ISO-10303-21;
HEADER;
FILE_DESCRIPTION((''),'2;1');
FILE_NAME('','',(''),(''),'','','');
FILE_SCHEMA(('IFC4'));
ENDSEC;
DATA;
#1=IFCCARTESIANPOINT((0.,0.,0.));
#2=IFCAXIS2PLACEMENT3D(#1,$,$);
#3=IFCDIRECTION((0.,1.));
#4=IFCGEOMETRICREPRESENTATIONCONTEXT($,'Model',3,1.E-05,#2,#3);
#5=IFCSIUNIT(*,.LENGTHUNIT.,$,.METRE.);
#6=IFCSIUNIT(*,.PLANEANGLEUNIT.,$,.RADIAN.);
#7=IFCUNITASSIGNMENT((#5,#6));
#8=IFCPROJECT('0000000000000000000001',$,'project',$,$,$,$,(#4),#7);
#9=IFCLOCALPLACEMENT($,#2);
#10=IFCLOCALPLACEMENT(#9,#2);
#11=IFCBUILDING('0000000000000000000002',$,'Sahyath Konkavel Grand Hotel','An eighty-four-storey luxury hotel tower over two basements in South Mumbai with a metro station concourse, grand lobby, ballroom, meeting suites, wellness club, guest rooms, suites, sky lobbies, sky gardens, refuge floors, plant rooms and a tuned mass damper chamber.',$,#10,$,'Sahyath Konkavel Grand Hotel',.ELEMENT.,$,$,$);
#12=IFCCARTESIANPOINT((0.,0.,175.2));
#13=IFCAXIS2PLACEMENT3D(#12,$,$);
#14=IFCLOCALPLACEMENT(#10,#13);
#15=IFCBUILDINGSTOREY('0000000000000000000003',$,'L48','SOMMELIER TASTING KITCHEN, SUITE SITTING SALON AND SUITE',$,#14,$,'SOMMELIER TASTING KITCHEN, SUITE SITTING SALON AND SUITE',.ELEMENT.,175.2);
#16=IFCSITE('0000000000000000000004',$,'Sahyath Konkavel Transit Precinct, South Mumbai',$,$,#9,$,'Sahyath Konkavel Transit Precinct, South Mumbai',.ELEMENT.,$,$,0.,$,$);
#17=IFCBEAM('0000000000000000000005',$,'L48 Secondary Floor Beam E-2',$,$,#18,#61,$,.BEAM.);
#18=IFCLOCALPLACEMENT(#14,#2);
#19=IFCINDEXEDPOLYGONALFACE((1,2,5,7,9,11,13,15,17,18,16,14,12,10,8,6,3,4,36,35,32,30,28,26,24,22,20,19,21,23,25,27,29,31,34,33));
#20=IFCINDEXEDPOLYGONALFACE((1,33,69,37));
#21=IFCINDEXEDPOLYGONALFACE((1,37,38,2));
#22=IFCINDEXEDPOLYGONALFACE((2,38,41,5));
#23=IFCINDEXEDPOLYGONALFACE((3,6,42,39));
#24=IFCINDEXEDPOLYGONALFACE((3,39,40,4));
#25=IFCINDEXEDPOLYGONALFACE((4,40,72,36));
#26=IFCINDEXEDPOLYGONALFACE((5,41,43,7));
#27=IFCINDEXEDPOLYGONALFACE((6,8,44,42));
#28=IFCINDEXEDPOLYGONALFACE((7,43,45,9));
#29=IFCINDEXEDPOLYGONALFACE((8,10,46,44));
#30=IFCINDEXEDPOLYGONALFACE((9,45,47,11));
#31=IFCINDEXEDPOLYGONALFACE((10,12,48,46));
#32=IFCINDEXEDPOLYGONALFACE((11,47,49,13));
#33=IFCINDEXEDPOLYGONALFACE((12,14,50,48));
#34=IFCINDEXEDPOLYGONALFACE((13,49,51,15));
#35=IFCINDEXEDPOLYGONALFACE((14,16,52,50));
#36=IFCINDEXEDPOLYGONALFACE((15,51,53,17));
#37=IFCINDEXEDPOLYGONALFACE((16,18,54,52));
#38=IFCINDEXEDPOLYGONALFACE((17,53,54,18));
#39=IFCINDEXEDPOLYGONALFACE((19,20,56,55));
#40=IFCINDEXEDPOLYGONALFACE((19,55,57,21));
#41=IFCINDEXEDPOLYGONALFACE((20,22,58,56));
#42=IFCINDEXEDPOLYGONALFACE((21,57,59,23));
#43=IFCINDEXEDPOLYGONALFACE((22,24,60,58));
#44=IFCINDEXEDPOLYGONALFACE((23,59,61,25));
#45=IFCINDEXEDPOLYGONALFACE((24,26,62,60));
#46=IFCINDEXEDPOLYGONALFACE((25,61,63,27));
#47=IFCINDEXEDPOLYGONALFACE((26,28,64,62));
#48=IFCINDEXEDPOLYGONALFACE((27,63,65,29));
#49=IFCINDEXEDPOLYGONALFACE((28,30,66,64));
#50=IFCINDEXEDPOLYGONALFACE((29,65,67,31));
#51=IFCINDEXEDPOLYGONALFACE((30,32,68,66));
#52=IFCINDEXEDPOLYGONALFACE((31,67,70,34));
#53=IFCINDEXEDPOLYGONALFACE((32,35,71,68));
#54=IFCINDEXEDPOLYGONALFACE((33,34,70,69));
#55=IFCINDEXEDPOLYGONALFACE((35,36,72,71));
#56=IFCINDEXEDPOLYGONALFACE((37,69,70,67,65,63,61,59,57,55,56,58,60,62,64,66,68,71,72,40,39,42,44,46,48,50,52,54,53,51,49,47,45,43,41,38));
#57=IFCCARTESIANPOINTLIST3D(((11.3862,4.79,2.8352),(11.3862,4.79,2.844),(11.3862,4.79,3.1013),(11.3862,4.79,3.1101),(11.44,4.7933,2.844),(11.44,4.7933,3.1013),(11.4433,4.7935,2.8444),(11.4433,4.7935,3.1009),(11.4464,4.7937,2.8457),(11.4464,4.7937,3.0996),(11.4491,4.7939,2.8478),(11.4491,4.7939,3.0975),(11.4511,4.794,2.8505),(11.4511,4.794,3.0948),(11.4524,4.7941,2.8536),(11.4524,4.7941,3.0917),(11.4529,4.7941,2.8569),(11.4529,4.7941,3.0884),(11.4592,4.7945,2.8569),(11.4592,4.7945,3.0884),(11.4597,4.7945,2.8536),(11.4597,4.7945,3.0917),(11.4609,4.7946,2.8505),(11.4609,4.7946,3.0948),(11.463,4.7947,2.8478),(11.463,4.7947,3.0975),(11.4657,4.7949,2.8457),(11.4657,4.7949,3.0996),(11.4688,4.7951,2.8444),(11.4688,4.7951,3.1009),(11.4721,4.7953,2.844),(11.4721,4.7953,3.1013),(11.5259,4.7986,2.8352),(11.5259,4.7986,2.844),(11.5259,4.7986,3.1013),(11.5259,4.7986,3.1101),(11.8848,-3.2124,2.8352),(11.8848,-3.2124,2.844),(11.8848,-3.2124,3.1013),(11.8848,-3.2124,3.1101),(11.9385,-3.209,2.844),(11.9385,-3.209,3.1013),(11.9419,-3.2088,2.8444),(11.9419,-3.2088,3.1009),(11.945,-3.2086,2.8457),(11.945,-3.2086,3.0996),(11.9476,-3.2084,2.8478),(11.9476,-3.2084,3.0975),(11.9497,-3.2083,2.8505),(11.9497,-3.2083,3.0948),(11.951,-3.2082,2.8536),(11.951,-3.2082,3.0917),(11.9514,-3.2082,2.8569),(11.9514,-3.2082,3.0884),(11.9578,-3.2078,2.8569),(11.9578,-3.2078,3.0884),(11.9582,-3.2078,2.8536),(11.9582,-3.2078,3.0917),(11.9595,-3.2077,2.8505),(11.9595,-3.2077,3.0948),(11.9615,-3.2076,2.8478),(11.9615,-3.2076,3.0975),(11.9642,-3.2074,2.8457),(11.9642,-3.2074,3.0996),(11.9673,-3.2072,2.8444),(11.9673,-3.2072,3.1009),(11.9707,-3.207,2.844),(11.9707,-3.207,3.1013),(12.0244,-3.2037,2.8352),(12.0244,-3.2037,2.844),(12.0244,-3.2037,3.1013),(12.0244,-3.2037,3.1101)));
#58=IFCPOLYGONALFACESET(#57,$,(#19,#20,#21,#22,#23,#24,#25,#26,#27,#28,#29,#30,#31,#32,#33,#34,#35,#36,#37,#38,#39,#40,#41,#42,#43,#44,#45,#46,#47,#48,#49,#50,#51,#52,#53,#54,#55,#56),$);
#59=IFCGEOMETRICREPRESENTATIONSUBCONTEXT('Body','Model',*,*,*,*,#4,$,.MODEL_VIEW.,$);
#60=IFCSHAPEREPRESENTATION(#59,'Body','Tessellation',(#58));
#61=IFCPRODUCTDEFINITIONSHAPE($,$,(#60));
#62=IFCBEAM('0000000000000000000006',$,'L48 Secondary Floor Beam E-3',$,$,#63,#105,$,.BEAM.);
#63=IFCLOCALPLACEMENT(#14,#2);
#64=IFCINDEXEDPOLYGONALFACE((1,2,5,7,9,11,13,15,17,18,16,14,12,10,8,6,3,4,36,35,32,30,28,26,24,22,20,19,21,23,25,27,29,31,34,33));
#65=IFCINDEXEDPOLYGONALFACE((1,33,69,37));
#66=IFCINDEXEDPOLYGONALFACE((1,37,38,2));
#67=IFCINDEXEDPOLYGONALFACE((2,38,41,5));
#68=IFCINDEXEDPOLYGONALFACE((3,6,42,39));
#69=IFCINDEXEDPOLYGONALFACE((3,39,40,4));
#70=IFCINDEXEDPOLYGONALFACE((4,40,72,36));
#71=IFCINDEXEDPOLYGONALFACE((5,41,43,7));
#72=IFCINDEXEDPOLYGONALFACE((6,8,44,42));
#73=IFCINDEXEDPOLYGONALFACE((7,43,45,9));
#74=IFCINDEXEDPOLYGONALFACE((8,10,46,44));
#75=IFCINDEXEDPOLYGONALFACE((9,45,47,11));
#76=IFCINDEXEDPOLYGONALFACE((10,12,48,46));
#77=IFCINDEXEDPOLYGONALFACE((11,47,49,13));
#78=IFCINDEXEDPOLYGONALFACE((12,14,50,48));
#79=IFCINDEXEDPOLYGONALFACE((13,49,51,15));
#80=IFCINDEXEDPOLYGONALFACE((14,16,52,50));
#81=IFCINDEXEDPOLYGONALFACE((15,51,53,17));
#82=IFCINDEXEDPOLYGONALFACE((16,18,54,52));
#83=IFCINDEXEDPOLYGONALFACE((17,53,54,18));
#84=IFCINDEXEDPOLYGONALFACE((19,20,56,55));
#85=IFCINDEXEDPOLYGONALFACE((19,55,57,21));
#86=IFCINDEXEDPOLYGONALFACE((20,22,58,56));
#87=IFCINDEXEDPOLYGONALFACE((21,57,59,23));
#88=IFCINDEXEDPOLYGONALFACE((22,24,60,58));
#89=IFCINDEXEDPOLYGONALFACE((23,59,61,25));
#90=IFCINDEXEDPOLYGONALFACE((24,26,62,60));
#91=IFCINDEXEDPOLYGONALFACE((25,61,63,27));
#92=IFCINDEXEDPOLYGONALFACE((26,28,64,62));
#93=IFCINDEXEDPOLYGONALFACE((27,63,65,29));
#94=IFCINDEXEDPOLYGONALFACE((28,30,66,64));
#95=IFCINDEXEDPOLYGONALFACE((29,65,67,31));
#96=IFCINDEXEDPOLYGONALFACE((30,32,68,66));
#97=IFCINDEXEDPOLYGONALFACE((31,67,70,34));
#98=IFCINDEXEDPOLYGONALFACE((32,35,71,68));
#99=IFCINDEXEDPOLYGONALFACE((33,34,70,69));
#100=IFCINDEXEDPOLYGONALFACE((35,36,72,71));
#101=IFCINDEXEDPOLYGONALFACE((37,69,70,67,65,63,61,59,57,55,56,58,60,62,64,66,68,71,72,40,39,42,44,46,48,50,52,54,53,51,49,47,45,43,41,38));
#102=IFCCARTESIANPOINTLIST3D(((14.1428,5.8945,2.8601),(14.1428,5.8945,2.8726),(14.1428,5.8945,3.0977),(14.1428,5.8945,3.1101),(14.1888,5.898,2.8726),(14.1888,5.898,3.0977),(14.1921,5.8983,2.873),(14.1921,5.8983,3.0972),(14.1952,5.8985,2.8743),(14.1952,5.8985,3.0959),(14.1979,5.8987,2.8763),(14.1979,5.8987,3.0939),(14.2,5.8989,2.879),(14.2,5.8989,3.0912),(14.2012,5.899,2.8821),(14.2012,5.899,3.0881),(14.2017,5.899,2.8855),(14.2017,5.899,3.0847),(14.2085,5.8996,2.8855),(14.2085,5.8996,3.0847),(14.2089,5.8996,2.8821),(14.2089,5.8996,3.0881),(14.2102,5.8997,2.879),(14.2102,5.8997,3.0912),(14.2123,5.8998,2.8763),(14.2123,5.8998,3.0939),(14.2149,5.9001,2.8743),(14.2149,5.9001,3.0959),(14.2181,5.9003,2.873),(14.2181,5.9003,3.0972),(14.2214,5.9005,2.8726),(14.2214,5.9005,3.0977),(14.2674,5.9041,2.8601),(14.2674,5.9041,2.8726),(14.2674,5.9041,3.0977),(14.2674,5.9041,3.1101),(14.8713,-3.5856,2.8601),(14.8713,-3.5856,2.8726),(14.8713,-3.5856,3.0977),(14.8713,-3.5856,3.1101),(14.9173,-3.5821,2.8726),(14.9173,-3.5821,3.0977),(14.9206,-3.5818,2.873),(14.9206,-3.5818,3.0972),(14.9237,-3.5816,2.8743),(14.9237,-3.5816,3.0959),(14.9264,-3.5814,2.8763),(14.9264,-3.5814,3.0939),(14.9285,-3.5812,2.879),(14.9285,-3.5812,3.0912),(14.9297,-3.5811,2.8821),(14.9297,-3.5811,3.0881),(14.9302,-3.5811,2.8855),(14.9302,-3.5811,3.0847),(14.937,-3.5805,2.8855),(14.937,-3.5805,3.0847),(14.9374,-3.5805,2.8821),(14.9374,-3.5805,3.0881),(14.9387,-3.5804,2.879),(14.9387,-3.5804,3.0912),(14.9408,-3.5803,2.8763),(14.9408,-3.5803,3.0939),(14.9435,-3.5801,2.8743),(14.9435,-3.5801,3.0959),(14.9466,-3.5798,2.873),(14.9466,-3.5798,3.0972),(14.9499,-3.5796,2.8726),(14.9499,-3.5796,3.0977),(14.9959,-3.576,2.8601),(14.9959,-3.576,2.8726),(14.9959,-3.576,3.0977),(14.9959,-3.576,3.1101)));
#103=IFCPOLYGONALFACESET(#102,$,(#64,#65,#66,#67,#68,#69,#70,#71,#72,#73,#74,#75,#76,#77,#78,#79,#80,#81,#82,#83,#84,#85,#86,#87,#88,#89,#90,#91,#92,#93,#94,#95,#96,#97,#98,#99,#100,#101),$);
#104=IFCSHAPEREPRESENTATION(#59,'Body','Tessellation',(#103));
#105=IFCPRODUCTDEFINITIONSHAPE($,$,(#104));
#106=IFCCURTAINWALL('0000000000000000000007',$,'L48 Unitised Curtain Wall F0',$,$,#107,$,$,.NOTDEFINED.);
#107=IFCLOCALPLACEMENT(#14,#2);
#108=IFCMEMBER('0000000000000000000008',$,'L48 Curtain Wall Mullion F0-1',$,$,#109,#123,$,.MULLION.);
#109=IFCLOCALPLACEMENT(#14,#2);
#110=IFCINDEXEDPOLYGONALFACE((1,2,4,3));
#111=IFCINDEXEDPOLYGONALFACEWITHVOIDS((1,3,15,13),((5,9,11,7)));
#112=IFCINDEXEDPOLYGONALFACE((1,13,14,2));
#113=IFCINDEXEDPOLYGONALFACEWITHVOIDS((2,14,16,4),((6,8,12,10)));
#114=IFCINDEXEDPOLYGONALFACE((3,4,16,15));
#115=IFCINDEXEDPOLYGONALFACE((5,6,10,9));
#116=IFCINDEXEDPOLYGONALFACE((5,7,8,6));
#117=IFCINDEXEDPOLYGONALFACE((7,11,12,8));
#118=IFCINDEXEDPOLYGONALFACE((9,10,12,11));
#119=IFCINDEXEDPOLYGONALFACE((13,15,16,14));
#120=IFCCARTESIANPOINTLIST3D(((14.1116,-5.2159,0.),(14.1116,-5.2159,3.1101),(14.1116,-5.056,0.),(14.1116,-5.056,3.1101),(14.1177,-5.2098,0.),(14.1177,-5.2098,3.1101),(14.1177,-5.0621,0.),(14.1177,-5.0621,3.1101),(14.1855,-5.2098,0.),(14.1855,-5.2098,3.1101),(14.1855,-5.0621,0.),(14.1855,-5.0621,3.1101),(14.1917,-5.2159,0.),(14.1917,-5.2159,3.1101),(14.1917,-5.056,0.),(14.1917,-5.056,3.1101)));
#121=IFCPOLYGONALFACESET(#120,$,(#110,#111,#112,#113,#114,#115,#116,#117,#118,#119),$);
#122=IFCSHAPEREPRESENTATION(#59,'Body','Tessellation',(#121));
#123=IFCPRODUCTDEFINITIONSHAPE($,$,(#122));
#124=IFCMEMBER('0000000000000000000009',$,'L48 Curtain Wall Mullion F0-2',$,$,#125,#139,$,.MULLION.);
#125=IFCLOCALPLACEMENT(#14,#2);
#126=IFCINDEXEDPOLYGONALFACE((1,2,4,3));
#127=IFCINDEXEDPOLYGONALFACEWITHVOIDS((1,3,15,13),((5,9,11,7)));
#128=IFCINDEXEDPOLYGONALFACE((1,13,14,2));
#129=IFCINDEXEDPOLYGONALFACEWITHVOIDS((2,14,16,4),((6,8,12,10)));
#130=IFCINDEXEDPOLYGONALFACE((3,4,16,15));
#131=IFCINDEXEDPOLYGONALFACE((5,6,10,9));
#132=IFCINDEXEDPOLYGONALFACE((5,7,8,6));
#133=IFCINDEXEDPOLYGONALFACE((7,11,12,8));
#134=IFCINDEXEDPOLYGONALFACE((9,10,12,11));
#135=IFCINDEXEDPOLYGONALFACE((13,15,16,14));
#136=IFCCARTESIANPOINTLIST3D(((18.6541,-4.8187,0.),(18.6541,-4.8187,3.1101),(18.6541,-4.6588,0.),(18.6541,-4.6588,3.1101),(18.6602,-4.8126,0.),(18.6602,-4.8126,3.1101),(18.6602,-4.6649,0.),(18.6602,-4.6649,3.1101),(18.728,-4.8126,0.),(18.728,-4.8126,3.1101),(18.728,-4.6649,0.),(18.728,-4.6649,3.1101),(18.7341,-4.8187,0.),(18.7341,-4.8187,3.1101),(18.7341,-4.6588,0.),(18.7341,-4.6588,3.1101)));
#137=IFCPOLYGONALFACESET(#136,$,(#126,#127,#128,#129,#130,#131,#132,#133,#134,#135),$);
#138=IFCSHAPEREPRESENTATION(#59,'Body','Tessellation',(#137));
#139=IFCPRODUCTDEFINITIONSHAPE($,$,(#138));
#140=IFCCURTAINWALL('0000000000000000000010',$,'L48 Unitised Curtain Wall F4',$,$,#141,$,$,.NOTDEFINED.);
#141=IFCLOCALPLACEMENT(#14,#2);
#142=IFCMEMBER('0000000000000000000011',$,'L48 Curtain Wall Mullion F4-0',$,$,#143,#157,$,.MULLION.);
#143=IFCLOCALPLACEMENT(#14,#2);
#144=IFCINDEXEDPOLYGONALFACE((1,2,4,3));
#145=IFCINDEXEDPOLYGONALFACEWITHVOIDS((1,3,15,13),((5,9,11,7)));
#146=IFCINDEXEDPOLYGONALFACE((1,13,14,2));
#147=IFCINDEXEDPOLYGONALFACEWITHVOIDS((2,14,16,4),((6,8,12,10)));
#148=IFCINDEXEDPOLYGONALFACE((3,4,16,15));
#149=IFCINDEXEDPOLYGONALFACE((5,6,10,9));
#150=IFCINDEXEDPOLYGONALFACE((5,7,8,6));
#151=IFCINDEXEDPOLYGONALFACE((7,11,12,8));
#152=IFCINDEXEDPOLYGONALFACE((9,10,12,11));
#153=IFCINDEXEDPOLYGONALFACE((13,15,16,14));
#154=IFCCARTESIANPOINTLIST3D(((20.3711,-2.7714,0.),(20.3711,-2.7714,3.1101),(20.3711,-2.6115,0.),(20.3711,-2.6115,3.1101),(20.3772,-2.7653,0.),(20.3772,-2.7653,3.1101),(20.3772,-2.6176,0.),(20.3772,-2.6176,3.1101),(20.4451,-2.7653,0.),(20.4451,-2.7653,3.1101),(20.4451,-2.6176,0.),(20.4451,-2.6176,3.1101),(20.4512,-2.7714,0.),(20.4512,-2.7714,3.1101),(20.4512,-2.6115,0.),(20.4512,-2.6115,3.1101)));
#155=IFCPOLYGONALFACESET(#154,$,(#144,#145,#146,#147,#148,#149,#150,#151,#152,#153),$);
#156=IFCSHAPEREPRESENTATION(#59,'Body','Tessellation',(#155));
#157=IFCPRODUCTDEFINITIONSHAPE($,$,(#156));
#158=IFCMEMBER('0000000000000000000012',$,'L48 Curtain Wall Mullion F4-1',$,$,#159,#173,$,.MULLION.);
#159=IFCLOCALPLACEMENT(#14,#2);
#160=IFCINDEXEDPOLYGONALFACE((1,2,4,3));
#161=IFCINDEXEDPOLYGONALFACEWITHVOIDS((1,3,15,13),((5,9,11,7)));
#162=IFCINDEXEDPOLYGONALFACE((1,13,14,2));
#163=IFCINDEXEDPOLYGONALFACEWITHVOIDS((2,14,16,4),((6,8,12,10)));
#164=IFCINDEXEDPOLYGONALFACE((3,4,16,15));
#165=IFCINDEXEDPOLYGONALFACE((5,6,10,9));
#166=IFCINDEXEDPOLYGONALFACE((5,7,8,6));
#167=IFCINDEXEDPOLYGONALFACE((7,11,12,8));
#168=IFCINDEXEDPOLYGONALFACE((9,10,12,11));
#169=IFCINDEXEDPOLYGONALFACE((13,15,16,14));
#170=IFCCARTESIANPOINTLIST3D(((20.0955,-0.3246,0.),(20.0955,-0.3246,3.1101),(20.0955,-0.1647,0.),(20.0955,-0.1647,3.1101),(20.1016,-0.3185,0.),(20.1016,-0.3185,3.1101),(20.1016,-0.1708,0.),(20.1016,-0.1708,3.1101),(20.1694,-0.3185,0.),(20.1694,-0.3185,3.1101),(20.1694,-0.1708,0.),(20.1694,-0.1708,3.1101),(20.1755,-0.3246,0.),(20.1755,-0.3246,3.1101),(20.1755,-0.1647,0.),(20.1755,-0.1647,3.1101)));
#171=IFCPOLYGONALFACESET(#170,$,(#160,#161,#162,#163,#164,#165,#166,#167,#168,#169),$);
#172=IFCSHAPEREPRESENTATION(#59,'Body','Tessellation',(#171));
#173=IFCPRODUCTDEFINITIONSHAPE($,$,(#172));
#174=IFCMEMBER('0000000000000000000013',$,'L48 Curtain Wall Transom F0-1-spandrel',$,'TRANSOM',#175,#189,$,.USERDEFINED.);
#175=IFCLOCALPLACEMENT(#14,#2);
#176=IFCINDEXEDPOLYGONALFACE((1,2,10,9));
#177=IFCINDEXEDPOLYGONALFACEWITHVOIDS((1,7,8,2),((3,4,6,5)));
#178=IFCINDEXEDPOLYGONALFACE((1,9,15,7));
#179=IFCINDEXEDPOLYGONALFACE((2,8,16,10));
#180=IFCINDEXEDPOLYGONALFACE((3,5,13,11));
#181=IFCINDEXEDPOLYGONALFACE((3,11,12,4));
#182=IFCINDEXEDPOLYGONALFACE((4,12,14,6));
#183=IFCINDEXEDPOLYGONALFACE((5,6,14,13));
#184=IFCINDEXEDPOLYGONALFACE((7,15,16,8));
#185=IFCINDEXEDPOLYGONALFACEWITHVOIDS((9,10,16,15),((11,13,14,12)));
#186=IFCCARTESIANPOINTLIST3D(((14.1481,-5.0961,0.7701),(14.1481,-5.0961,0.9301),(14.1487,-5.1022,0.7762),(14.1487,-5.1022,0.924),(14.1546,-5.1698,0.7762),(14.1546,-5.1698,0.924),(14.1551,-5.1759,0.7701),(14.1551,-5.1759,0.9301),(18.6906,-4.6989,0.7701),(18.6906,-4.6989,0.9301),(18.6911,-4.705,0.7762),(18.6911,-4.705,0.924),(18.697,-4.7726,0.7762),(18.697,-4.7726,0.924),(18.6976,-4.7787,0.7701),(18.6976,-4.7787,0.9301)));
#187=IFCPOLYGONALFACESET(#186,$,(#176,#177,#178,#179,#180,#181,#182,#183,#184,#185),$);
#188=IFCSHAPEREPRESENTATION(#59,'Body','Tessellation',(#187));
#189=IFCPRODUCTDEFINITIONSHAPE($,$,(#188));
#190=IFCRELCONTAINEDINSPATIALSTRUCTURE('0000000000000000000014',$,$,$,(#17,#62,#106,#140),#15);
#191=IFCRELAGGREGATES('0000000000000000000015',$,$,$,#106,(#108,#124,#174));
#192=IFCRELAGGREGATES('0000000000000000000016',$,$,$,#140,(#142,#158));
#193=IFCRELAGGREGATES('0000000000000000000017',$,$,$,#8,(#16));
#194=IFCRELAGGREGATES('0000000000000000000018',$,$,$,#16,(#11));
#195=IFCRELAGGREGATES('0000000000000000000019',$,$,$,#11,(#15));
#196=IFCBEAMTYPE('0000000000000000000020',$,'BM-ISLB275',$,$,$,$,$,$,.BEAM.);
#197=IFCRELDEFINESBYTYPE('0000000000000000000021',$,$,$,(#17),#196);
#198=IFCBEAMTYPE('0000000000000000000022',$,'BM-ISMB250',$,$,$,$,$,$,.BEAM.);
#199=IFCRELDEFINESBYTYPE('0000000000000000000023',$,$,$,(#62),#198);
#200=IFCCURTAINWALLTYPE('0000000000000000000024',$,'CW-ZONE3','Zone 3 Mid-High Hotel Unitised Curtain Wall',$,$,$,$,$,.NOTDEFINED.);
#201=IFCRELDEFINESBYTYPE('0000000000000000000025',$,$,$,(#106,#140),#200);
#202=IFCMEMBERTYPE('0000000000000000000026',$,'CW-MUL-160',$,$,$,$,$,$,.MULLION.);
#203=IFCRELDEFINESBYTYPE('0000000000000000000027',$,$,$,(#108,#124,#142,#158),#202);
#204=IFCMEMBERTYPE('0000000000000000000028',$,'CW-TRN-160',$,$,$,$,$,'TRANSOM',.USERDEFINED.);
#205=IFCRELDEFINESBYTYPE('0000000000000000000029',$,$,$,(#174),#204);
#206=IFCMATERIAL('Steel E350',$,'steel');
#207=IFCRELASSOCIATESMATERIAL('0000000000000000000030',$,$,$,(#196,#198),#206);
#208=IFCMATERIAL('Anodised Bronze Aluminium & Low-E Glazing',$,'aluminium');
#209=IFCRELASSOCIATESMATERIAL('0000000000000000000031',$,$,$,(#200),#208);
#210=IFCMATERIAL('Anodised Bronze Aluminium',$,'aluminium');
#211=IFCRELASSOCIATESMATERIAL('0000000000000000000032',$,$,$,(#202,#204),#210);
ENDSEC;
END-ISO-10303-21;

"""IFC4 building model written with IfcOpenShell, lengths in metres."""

from ifc_helpers import new_model, si_unit, direction, frame, origin, origin_2d, place, context, subcontext, project, spatial, hollow_rectangle, i_section, extrude, source, transform, mapped, material, material_profile, profile_set, type_object, element, aggregate, save


model = new_model("IFC4")

# Units and contexts
model_context = context("Model", 3, precision=1e-05, world=origin(), true_north=direction((0.0, 1.0)))
body_context = subcontext(model_context, "Body", "Model", "MODEL_VIEW")
ifc_project = project(units=[si_unit("LENGTHUNIT", "METRE"), si_unit("PLANEANGLEUNIT", "RADIAN")], contexts=[model_context])

# Site, building, storey
site_placement = place(None, origin())
site = spatial("IfcSite", under=ifc_project, at=site_placement, Name="Sahyath Konkavel Transit Precinct, South Mumbai", LongName="Sahyath Konkavel Transit Precinct, South Mumbai", CompositionType="ELEMENT", RefElevation=0.0)
building_placement = place(site_placement, origin())
building = spatial("IfcBuilding", under=site, at=building_placement, Name="Sahyath Konkavel Grand Hotel", Description="An eighty-four-storey luxury hotel tower over two basements in South Mumbai with a metro station concourse, grand lobby, ballroom, meeting suites, wellness club, guest rooms, suites, sky lobbies, sky gardens, refuge floors, plant rooms and a tuned mass damper chamber.", LongName="Sahyath Konkavel Grand Hotel", CompositionType="ELEMENT")
storey_placement = place(building_placement, frame((0.0, 0.0, 175.2)))
storey = spatial("IfcBuildingStorey", under=building, at=storey_placement, Name="L48", Description="SOMMELIER TASTING KITCHEN, SUITE SITTING SALON AND SUITE", LongName="SOMMELIER TASTING KITCHEN, SUITE SITTING SALON AND SUITE", CompositionType="ELEMENT", Elevation=175.2)

# Beams
ifc_material_1 = material(Name="Steel E350", Category="steel")
ifc_material_profile_1 = material_profile(ifc_material_1, i_section(OverallWidth=0.1399, OverallDepth=0.2749, WebThickness=0.0063, FlangeThickness=0.0088, FilletRadius=0.0129, at=origin_2d()), Name="ISLB 275")
ifc_profile_set_1 = profile_set([ifc_material_profile_1], Name="Steel E350")
beam_type_1 = type_object("IfcBeamType", Name="BM-ISLB275", PredefinedType="BEAM", material=ifc_profile_set_1)
shared_shape_1 = source(origin(), body_context, "Body", "SweptSolid", [
    extrude(i_section(OverallWidth=0.1399, OverallDepth=0.2749, WebThickness=0.0063, FlangeThickness=0.0088, FilletRadius=0.0129, at=origin_2d()), origin(), (0.0, 0.0, 1.0), 8.0178),
])
beam_1_placement = place(storey_placement, frame((11.9546, -3.208, 2.9727), z_axis=(-0.062179, 0.998065, 0.0), x_axis=(-0.998065, -0.062179, 0.0)))
element("IfcBeam", 1, at=beam_1_placement, inside=storey, type_object=beam_type_1, Name="L48 Secondary Floor Beam E-2", PredefinedType="BEAM", context=body_context, shape_type="MappedRepresentation", body=[
    mapped(shared_shape_1, transform((0.0, 0.0, 0.0), scale=1.0)),
])
ifc_material_profile_2 = material_profile(ifc_material_1, i_section(OverallWidth=0.125, OverallDepth=0.25, WebThickness=0.0068, FlangeThickness=0.0125, FilletRadius=0.0129, at=origin_2d()), Name="ISMB 250")
ifc_profile_set_2 = profile_set([ifc_material_profile_2], Name="Steel E350")
beam_type_2 = type_object("IfcBeamType", Name="BM-ISMB250", PredefinedType="BEAM", material=ifc_profile_set_2)
shared_shape_2 = source(origin(), body_context, "Body", "SweptSolid", [
    extrude(i_section(OverallWidth=0.125, OverallDepth=0.25, WebThickness=0.0068, FlangeThickness=0.0125, FilletRadius=0.0129, at=origin_2d()), origin(), (0.0, 0.0, 1.0), 9.5081),
])
beam_2_placement = place(storey_placement, frame((14.9336, -3.5808, 2.9851), z_axis=(-0.07662, 0.99706, 0.0), x_axis=(-0.99706, -0.07662, 0.0)))
element("IfcBeam", 2, at=beam_2_placement, inside=storey, type_object=beam_type_2, Name="L48 Secondary Floor Beam E-3", PredefinedType="BEAM", context=body_context, shape_type="MappedRepresentation", body=[
    mapped(shared_shape_2, transform((0.0, 0.0, 0.0), scale=1.0)),
])

# Curtain walls, members
ifc_material_2 = material(Name="Anodised Bronze Aluminium & Low-E Glazing", Category="aluminium")
curtain_wall_type = type_object("IfcCurtainWallType", Name="CW-ZONE3", Description="Zone 3 Mid-High Hotel Unitised Curtain Wall", PredefinedType="NOTDEFINED", material=ifc_material_2)
curtain_wall_1_placement = place(storey_placement, origin())
curtain_wall_1 = element("IfcCurtainWall", 3, at=curtain_wall_1_placement, inside=storey, type_object=curtain_wall_type, Name="L48 Unitised Curtain Wall F0", PredefinedType="NOTDEFINED")
ifc_material_3 = material(Name="Anodised Bronze Aluminium", Category="aluminium")
ifc_material_profile_3 = material_profile(ifc_material_3, hollow_rectangle(XDim=0.0801, YDim=0.1599, WallThickness=0.0061, at=origin_2d()), Name="RHS 160x80x6")
ifc_profile_set_3 = profile_set([ifc_material_profile_3], Name="Anodised Bronze Aluminium")
member_type_1 = type_object("IfcMemberType", Name="CW-MUL-160", PredefinedType="MULLION", material=ifc_profile_set_3)
shared_shape_3 = source(origin(), body_context, "Body", "SweptSolid", [
    extrude(hollow_rectangle(XDim=0.0801, YDim=0.1599, WallThickness=0.0061, at=origin_2d()), origin(), (0.0, 0.0, 1.0), 3.1101),
])
member_1_placement = place(storey_placement, frame((14.1516, -5.136, 0.0), z_axis=(0.0, 0.0, 1.0), x_axis=(1.0, 0.0, 0.0)))
member_1 = element("IfcMember", 4, at=member_1_placement, type_object=member_type_1, Name="L48 Curtain Wall Mullion F0-1", PredefinedType="MULLION", context=body_context, shape_type="MappedRepresentation", body=[
    mapped(shared_shape_3, transform((0.0, 0.0, 0.0), scale=1.0)),
])
member_2_placement = place(storey_placement, frame((18.6941, -4.7388, 0.0), z_axis=(0.0, 0.0, 1.0), x_axis=(1.0, 0.0, 0.0)))
member_2 = element("IfcMember", 5, at=member_2_placement, type_object=member_type_1, Name="L48 Curtain Wall Mullion F0-2", PredefinedType="MULLION", context=body_context, shape_type="MappedRepresentation", body=[
    mapped(shared_shape_3, transform((0.0, 0.0, 0.0), scale=1.0)),
])
curtain_wall_2_placement = place(storey_placement, origin())
curtain_wall_2 = element("IfcCurtainWall", 6, at=curtain_wall_2_placement, inside=storey, type_object=curtain_wall_type, Name="L48 Unitised Curtain Wall F4", PredefinedType="NOTDEFINED")
member_3_placement = place(storey_placement, frame((20.4111, -2.6914, 0.0), z_axis=(0.0, 0.0, 1.0), x_axis=(1.0, 0.0, 0.0)))
member_3 = element("IfcMember", 7, at=member_3_placement, type_object=member_type_1, Name="L48 Curtain Wall Mullion F4-0", PredefinedType="MULLION", context=body_context, shape_type="MappedRepresentation", body=[
    mapped(shared_shape_3, transform((0.0, 0.0, 0.0), scale=1.0)),
])
member_4_placement = place(storey_placement, frame((20.1355, -0.2446, 0.0), z_axis=(0.0, 0.0, 1.0), x_axis=(1.0, 0.0, 0.0)))
member_4 = element("IfcMember", 8, at=member_4_placement, type_object=member_type_1, Name="L48 Curtain Wall Mullion F4-1", PredefinedType="MULLION", context=body_context, shape_type="MappedRepresentation", body=[
    mapped(shared_shape_3, transform((0.0, 0.0, 0.0), scale=1.0)),
])

# Member
ifc_material_profile_4 = material_profile(ifc_material_3, hollow_rectangle(XDim=0.0801, YDim=0.1599, WallThickness=0.0061, at=origin_2d()), Name="RHS 160x80x6")
ifc_profile_set_4 = profile_set([ifc_material_profile_4], Name="Anodised Bronze Aluminium")
member_type_2 = type_object("IfcMemberType", Name="CW-TRN-160", ElementType="TRANSOM", PredefinedType="USERDEFINED", material=ifc_profile_set_4)
shared_shape_4 = source(origin(), body_context, "Body", "SweptSolid", [
    extrude(hollow_rectangle(XDim=0.0801, YDim=0.1599, WallThickness=0.0061, at=origin_2d()), origin(), (0.0, 0.0, 1.0), 4.5598),
])
member_5_placement = place(storey_placement, frame((14.1516, -5.136, 0.8501), z_axis=(0.996198, 0.087112, 0.0), x_axis=(-0.087112, 0.996198, 0.0)))
member_5 = element("IfcMember", 9, at=member_5_placement, type_object=member_type_2, Name="L48 Curtain Wall Transom F0-1-spandrel", ObjectType="TRANSOM", PredefinedType="USERDEFINED", context=body_context, shape_type="MappedRepresentation", body=[
    mapped(shared_shape_4, transform((0.0, 0.0, 0.0), scale=1.0)),
])

aggregate(curtain_wall_1, [member_1, member_2, member_5])
aggregate(curtain_wall_2, [member_3, member_4])

save(model, "model.ifc")
